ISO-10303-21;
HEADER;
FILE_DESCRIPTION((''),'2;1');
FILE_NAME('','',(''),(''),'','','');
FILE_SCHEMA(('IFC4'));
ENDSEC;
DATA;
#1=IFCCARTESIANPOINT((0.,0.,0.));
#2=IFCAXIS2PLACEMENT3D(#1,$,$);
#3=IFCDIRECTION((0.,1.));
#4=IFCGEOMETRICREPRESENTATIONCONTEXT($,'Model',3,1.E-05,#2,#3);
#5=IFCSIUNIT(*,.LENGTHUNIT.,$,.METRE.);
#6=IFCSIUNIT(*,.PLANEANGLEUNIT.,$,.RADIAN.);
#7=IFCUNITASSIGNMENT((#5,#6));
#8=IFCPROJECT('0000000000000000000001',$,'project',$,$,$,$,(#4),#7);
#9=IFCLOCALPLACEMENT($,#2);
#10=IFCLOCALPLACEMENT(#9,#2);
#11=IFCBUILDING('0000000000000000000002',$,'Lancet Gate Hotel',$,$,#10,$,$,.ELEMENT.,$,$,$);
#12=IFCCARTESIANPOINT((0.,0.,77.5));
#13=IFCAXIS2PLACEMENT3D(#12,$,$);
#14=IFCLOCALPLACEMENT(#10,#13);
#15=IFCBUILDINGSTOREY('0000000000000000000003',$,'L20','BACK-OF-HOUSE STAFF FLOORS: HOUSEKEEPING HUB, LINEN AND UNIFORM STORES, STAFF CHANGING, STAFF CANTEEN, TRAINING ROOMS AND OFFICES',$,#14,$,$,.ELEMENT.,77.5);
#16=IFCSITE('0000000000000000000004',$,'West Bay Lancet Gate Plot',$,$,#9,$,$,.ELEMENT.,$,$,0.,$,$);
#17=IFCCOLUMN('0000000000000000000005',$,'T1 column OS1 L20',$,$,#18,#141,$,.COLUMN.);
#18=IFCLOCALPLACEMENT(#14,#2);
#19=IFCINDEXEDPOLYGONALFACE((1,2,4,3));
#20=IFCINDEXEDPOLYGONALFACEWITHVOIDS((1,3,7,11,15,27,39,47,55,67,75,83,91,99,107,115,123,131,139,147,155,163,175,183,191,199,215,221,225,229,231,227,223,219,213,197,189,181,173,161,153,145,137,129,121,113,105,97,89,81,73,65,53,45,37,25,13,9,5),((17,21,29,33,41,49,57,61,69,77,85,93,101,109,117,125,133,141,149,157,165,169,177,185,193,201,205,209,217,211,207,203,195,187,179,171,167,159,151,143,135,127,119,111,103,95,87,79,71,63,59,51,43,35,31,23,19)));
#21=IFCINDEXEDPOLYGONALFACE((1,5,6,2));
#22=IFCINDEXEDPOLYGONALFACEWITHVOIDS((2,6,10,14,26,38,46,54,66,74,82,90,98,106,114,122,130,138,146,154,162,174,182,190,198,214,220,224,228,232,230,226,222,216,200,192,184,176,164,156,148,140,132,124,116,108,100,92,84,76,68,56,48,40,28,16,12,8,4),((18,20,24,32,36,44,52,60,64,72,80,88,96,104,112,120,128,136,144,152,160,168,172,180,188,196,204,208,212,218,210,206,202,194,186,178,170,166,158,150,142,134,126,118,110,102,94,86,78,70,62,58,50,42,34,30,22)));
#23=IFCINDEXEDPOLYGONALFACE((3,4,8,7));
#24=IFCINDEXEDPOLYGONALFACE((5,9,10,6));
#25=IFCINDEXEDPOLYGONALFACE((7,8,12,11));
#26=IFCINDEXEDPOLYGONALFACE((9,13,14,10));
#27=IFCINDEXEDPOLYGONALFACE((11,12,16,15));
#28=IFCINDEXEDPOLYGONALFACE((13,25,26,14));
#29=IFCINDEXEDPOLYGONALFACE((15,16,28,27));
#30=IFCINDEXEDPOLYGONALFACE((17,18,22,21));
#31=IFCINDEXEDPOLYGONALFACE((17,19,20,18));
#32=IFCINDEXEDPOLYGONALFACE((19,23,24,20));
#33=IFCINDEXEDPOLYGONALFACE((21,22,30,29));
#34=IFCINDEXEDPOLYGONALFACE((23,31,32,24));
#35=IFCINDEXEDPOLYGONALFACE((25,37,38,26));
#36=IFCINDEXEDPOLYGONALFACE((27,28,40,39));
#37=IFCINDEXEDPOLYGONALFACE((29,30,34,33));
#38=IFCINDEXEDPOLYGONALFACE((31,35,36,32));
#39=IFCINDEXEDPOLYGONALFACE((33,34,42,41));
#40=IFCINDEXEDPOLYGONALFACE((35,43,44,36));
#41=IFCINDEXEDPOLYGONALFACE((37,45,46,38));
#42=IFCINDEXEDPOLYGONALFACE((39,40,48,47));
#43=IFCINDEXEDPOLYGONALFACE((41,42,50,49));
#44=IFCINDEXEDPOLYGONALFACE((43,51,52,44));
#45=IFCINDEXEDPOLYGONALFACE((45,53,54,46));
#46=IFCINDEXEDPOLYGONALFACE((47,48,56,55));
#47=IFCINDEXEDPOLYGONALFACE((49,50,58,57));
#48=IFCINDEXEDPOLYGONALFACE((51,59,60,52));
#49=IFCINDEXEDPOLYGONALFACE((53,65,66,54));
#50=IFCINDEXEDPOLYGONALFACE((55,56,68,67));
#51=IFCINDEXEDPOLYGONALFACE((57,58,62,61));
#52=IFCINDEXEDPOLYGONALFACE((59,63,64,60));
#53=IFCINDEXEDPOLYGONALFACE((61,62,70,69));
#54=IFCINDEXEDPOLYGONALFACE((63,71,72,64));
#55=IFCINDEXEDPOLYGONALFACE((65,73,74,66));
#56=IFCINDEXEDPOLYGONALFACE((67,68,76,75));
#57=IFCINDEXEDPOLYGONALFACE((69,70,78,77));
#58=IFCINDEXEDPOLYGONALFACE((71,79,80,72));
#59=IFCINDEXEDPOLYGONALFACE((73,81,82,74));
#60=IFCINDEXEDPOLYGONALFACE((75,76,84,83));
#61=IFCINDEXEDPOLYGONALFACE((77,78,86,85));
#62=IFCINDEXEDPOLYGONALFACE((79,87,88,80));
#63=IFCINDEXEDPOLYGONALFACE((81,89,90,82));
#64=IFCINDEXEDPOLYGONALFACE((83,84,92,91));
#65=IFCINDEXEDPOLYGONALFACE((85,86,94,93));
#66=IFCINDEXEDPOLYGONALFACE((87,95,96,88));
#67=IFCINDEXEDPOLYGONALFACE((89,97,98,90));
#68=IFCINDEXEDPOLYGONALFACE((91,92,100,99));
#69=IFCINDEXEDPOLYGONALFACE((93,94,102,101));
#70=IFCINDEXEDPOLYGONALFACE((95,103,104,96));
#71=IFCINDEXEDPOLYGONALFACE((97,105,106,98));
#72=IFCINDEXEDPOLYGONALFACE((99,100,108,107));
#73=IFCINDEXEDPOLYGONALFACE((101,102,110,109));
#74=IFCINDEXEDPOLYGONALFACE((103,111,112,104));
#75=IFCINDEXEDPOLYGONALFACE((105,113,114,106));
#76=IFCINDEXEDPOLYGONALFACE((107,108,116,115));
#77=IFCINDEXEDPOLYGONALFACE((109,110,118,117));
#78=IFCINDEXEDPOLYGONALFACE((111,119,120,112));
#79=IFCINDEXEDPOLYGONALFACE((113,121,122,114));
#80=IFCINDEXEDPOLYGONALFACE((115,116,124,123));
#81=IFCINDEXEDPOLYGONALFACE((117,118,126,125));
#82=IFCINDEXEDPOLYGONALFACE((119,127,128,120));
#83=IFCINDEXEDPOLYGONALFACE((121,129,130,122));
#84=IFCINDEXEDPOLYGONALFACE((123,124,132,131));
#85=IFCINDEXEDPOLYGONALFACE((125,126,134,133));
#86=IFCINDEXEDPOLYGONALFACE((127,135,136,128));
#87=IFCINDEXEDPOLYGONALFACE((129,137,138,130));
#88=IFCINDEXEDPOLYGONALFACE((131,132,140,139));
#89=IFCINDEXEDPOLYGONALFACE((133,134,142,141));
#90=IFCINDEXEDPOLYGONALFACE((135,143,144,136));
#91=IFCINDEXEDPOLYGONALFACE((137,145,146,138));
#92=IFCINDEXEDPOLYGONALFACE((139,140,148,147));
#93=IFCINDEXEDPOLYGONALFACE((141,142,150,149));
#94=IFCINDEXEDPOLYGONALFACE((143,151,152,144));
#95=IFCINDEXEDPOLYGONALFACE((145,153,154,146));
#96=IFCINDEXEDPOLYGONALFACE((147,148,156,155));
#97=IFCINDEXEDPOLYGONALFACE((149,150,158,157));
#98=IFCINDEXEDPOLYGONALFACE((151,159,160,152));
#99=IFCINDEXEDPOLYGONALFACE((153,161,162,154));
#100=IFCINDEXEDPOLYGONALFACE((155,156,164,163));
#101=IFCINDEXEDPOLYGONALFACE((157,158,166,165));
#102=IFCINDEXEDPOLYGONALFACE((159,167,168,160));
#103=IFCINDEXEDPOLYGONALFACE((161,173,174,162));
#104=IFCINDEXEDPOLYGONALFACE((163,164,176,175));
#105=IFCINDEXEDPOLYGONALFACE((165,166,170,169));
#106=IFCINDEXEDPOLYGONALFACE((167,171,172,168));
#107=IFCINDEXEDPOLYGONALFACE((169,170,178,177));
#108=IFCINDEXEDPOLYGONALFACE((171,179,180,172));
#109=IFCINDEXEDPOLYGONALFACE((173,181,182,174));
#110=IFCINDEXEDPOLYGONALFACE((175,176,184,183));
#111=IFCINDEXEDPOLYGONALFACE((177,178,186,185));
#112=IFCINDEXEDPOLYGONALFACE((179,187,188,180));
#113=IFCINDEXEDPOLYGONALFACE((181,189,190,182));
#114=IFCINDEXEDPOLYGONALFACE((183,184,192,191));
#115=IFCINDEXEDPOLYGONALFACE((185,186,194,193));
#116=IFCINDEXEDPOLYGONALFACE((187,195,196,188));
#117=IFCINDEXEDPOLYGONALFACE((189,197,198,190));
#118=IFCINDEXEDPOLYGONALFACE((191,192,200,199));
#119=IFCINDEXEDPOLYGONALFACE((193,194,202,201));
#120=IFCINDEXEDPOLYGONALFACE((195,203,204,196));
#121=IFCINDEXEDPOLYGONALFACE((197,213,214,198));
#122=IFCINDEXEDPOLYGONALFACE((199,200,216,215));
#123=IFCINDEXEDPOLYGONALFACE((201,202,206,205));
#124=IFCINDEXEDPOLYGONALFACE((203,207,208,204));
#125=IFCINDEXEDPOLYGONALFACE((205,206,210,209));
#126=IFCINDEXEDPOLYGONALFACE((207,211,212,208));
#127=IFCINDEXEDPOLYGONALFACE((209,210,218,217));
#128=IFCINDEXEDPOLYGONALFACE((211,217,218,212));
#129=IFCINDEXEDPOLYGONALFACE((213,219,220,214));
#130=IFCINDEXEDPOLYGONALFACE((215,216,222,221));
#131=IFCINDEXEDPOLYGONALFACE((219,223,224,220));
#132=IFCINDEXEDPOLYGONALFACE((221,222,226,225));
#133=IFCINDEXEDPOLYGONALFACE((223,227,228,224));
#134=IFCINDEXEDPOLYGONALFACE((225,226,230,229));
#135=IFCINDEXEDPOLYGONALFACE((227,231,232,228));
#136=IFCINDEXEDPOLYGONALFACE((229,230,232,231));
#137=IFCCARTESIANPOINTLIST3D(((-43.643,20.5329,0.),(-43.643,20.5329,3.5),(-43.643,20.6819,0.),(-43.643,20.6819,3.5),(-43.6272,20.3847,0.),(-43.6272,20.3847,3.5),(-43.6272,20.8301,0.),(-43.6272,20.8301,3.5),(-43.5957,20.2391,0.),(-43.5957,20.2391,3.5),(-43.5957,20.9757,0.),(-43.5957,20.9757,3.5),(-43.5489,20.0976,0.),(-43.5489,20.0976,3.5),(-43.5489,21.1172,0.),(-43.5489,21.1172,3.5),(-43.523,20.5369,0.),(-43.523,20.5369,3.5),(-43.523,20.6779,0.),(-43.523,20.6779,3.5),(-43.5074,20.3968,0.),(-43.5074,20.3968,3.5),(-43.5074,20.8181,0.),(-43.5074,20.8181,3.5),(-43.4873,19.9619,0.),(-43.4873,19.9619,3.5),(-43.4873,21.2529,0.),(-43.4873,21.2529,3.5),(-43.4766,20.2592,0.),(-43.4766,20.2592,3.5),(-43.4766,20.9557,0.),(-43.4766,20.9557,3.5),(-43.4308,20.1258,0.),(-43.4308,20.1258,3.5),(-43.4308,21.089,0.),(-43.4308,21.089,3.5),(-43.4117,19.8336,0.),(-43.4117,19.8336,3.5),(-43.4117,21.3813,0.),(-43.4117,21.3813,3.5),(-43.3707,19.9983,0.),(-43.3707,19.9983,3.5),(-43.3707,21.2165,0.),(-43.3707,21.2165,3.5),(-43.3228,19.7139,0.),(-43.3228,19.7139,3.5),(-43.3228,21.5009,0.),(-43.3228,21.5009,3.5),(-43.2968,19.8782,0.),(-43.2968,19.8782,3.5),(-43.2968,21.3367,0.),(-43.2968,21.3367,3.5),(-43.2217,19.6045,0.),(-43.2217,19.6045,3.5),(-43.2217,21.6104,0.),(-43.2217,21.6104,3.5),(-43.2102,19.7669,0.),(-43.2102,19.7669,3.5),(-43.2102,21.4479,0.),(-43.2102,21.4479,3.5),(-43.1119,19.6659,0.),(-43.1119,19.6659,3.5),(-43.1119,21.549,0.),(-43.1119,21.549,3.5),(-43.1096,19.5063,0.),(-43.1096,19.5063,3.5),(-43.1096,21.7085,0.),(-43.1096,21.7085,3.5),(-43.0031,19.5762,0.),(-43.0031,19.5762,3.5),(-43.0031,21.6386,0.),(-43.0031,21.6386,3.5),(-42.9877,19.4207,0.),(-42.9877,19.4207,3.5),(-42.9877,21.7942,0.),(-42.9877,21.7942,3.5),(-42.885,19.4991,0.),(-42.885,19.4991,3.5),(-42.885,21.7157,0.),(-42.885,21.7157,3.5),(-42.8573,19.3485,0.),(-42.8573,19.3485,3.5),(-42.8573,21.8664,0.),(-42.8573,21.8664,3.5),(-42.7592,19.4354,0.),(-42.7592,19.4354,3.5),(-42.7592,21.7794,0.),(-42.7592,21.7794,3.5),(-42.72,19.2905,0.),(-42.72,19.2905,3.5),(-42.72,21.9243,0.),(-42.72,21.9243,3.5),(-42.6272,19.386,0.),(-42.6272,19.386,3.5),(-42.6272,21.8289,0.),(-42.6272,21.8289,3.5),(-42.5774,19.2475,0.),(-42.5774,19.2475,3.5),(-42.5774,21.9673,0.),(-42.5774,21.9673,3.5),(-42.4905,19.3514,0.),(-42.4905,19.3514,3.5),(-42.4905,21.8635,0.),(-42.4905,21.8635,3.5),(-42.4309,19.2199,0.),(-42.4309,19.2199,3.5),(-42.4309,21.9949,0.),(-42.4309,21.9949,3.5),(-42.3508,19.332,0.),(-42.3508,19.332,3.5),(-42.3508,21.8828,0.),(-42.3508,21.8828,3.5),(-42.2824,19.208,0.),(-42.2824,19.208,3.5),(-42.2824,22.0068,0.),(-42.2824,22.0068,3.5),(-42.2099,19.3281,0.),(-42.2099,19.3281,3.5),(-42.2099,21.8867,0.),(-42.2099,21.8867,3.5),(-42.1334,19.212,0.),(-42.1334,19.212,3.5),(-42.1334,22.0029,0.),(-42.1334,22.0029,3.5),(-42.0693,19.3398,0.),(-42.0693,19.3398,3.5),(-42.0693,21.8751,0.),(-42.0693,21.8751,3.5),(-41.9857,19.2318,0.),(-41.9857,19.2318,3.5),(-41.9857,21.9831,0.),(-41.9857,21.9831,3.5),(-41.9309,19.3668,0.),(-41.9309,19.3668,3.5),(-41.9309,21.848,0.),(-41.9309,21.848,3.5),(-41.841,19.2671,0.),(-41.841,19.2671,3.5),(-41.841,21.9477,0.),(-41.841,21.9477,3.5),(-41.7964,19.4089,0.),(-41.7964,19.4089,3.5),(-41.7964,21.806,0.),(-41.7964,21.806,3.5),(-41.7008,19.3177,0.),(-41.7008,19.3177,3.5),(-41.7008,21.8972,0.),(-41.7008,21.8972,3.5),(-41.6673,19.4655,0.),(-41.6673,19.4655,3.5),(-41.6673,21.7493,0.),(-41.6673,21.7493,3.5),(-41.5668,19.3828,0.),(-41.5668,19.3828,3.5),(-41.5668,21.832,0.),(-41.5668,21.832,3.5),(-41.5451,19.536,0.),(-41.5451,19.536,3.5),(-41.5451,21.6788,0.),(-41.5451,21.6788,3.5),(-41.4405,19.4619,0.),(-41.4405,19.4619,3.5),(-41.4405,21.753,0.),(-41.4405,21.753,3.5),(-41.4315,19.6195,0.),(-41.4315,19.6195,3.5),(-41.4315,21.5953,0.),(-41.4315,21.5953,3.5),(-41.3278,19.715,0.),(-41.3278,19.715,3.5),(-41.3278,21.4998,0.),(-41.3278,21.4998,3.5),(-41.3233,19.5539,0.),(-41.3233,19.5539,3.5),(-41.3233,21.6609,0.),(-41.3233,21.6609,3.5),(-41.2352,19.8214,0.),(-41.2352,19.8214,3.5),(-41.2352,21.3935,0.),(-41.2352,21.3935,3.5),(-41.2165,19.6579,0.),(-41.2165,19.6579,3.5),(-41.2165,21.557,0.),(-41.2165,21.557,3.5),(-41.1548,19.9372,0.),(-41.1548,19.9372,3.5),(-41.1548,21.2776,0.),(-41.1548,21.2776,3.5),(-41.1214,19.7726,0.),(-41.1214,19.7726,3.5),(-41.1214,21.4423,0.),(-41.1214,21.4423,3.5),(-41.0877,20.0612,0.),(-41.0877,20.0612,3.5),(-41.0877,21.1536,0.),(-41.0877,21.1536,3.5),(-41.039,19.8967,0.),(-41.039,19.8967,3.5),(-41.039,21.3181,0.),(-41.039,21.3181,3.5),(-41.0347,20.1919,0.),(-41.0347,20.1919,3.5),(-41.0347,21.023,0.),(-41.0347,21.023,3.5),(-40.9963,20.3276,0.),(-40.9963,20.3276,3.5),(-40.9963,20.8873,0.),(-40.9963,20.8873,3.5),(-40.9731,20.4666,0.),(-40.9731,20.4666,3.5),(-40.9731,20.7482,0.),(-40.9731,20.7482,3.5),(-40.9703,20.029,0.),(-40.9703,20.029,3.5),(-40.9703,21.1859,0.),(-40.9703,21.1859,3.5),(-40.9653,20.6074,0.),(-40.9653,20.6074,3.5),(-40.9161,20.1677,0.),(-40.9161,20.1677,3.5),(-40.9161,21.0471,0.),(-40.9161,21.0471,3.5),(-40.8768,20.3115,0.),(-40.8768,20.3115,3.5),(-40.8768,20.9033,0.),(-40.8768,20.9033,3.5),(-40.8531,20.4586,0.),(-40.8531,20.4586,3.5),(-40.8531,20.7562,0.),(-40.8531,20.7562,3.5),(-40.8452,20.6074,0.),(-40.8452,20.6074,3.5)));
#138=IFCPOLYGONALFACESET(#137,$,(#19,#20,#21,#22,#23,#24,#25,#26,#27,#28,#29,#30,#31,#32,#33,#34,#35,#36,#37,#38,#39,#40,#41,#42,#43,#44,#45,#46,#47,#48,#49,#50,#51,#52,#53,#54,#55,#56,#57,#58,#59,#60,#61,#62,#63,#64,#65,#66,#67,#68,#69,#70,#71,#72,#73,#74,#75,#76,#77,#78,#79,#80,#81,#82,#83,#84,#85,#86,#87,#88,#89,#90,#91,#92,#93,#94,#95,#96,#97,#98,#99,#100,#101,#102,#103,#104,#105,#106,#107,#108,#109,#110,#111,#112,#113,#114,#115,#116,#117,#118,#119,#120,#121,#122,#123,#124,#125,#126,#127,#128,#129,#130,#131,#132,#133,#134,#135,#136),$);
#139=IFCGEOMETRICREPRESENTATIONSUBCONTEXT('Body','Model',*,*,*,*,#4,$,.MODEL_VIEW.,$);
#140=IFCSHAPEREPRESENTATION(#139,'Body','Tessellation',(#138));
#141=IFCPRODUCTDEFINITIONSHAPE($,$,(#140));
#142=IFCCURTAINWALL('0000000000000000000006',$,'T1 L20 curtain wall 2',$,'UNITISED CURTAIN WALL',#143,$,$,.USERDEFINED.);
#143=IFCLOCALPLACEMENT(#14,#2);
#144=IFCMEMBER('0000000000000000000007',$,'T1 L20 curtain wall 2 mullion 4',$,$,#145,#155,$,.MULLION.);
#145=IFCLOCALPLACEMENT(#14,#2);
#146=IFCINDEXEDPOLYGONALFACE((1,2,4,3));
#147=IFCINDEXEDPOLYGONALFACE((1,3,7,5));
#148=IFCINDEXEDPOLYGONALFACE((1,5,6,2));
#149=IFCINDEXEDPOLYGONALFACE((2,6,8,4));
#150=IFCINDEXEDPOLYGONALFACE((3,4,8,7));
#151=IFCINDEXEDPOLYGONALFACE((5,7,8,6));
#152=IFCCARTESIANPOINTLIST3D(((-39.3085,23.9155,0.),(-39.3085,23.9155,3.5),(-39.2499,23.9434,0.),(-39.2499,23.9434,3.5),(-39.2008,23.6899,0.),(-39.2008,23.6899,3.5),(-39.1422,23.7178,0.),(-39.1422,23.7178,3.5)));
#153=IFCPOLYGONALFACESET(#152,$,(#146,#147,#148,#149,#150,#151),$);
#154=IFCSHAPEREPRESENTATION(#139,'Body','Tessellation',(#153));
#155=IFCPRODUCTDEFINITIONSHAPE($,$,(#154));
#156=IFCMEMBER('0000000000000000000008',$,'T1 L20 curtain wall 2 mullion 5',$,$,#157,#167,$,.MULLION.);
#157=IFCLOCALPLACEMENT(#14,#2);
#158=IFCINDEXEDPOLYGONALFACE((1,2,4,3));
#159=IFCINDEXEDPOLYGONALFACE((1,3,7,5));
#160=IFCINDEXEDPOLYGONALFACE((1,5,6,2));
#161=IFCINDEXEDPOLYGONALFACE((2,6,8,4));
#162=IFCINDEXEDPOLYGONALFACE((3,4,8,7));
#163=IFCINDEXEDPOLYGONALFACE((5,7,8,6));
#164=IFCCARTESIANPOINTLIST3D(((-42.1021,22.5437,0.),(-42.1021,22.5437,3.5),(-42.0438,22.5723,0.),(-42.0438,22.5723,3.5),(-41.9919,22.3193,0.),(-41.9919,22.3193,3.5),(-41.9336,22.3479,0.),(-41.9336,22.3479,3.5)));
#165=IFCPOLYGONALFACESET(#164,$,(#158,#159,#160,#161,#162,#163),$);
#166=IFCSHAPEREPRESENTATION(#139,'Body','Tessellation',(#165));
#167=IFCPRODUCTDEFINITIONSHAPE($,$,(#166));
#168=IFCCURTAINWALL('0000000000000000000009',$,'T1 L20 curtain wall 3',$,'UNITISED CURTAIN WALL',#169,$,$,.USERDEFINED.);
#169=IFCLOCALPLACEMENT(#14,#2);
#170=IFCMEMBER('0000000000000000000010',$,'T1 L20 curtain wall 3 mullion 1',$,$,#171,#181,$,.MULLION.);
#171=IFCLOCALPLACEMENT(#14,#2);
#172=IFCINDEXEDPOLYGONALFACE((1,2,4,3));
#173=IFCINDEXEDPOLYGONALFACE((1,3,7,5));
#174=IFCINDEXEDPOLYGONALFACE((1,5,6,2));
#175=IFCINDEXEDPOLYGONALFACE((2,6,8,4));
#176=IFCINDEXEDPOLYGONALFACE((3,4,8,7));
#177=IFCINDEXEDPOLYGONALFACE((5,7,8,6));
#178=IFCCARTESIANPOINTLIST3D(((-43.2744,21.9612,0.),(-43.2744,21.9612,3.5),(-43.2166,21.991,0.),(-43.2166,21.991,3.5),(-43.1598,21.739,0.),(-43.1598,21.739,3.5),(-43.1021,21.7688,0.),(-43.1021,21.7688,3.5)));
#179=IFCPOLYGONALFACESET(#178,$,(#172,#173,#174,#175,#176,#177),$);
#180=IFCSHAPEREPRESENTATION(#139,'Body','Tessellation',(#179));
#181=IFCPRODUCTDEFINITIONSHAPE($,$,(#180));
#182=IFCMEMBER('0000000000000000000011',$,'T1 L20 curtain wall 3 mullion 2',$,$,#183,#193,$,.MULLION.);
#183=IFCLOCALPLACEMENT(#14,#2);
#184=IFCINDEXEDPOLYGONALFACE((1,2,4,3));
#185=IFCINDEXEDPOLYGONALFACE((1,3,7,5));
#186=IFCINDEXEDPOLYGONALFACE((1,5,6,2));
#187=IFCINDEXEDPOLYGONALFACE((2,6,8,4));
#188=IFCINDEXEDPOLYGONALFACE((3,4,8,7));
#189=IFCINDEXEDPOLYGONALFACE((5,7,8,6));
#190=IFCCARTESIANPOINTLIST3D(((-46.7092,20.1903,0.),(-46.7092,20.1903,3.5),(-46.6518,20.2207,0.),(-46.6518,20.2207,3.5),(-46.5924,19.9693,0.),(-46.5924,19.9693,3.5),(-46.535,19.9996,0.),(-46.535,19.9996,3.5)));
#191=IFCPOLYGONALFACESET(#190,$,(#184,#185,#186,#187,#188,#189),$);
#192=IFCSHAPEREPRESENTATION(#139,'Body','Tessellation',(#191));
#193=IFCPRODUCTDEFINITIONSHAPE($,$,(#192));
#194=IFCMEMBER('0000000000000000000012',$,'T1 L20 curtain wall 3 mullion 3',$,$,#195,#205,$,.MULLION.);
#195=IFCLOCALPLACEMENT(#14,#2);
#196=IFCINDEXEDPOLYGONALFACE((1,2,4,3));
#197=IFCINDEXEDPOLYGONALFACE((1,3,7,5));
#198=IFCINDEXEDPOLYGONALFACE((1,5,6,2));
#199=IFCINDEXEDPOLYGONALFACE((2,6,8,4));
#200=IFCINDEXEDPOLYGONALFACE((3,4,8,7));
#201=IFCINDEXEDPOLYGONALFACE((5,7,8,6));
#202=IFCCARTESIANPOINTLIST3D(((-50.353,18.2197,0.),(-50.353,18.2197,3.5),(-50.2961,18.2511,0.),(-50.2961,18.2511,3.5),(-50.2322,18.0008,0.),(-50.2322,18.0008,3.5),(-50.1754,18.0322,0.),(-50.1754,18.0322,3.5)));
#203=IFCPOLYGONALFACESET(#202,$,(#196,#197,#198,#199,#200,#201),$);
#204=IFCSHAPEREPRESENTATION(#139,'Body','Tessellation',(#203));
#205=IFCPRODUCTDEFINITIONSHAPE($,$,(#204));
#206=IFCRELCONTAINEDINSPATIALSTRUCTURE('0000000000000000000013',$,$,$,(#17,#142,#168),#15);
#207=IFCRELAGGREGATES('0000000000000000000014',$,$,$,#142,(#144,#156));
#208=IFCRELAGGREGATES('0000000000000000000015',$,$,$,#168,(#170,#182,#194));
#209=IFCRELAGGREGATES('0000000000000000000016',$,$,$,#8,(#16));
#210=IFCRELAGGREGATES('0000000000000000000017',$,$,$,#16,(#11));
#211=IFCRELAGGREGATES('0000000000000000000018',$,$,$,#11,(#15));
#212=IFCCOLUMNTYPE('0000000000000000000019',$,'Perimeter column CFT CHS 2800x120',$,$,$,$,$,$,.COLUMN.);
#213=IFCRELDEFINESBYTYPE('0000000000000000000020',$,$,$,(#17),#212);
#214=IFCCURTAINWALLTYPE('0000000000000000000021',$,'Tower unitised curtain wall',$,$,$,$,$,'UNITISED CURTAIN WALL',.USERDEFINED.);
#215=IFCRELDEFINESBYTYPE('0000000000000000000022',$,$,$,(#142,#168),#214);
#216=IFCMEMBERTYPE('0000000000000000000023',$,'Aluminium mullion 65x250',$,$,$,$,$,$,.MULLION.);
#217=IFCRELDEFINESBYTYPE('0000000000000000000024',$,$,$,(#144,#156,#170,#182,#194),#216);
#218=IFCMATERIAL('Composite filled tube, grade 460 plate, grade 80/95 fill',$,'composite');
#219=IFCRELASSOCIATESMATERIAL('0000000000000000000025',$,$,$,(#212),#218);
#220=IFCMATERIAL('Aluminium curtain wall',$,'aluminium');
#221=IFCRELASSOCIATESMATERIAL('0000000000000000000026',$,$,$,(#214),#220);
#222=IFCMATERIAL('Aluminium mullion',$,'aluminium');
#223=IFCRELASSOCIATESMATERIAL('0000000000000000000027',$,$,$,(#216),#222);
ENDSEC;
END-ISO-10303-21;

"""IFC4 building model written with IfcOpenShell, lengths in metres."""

from ifc_helpers import new_model, si_unit, direction, frame, origin, origin_2d, place, context, subcontext, project, spatial, rectangle, hollow_circle, extrude, material, material_profile, profile_set, type_object, element, aggregate, save


model = new_model("IFC4")

# Units and contexts
model_context = context("Model", 3, precision=1e-05, world=origin(), true_north=direction((0.0, 1.0)))
body_context = subcontext(model_context, "Body", "Model", "MODEL_VIEW")
ifc_project = project(units=[si_unit("LENGTHUNIT", "METRE"), si_unit("PLANEANGLEUNIT", "RADIAN")], contexts=[model_context])

# Site, building, storey
site_placement = place(None, origin())
site = spatial("IfcSite", under=ifc_project, at=site_placement, Name="West Bay Lancet Gate Plot", CompositionType="ELEMENT", RefElevation=0.0)
building_placement = place(site_placement, origin())
building = spatial("IfcBuilding", under=site, at=building_placement, Name="Lancet Gate Hotel", CompositionType="ELEMENT")
storey_placement = place(building_placement, frame((0.0, 0.0, 77.5)))
storey = spatial("IfcBuildingStorey", under=building, at=storey_placement, Name="L20", Description="BACK-OF-HOUSE STAFF FLOORS: HOUSEKEEPING HUB, LINEN AND UNIFORM STORES, STAFF CHANGING, STAFF CANTEEN, TRAINING ROOMS AND OFFICES", CompositionType="ELEMENT", Elevation=77.5)

# Column
ifc_material_1 = material(Name="Composite filled tube, grade 460 plate, grade 80/95 fill", Category="composite")
ifc_material_profile_1 = material_profile(ifc_material_1, hollow_circle(Radius=1.3999, WallThickness=0.1201, at=origin_2d()), Name="CHS 2800x120")
ifc_profile_set_1 = profile_set([ifc_material_profile_1], Name="Composite filled tube, grade 460 plate, grade 80/95 fill")
column_type = type_object("IfcColumnType", Name="Perimeter column CFT CHS 2800x120", PredefinedType="COLUMN", material=ifc_profile_set_1)
column_placement = place(storey_placement, frame((-42.2451, 20.6074, 0.0), z_axis=(0.0, 0.0, 1.0), x_axis=(1.0, 0.0, 0.0)))
element("IfcColumn", 1, at=column_placement, inside=storey, type_object=column_type, Name="T1 column OS1 L20", PredefinedType="COLUMN", context=body_context, shape_type="SweptSolid", body=[
    extrude(hollow_circle(Radius=1.3999, WallThickness=0.1201, at=origin_2d()), origin(), (0.0, 0.0, 1.0), 3.5),
])

# Curtain walls, members
ifc_material_2 = material(Name="Aluminium curtain wall", Category="aluminium")
curtain_wall_type = type_object("IfcCurtainWallType", Name="Tower unitised curtain wall", ElementType="UNITISED CURTAIN WALL", PredefinedType="USERDEFINED", material=ifc_material_2)
curtain_wall_1_placement = place(storey_placement, origin())
curtain_wall_1 = element("IfcCurtainWall", 2, at=curtain_wall_1_placement, inside=storey, type_object=curtain_wall_type, Name="T1 L20 curtain wall 2", ObjectType="UNITISED CURTAIN WALL", PredefinedType="USERDEFINED")
ifc_material_3 = material(Name="Aluminium mullion", Category="aluminium")
ifc_material_profile_2 = material_profile(ifc_material_3, rectangle(XDim=0.0649, YDim=0.25, at=origin_2d()), Name="MULLION 65x250")
ifc_profile_set_2 = profile_set([ifc_material_profile_2], Name="Aluminium mullion")
member_type_1 = type_object("IfcMemberType", Name="Aluminium mullion 65x250", PredefinedType="MULLION", material=ifc_profile_set_2)
member_1_placement = place(storey_placement, frame((-39.2253, 23.8167, 0.0), z_axis=(0.0, 0.0, 1.0), x_axis=(-0.902529, -0.430629, 0.0)))
member_1 = element("IfcMember", 3, at=member_1_placement, type_object=member_type_1, Name="T1 L20 curtain wall 2 mullion 4", PredefinedType="MULLION", context=body_context, shape_type="SweptSolid", body=[
    extrude(rectangle(XDim=0.0649, YDim=0.25, at=origin_2d()), origin(), (0.0, 0.0, 1.0), 3.5),
])
member_2_placement = place(storey_placement, frame((-42.0178, 22.4458, 0.0), z_axis=(0.0, 0.0, 1.0), x_axis=(-0.897653, -0.440702, 0.0)))
member_2 = element("IfcMember", 4, at=member_2_placement, type_object=member_type_1, Name="T1 L20 curtain wall 2 mullion 5", PredefinedType="MULLION", context=body_context, shape_type="SweptSolid", body=[
    extrude(rectangle(XDim=0.0649, YDim=0.25, at=origin_2d()), origin(), (0.0, 0.0, 1.0), 3.5),
])
curtain_wall_2_placement = place(storey_placement, origin())
curtain_wall_2 = element("IfcCurtainWall", 5, at=curtain_wall_2_placement, inside=storey, type_object=curtain_wall_type, Name="T1 L20 curtain wall 3", ObjectType="UNITISED CURTAIN WALL", PredefinedType="USERDEFINED")
member_3_placement = place(storey_placement, frame((-43.1882, 21.865, 0.0), z_axis=(0.0, 0.0, 1.0), x_axis=(-0.888844, -0.45821, 0.0)))
member_3 = element("IfcMember", 6, at=member_3_placement, type_object=member_type_1, Name="T1 L20 curtain wall 3 mullion 1", PredefinedType="MULLION", context=body_context, shape_type="SweptSolid", body=[
    extrude(rectangle(XDim=0.0649, YDim=0.25, at=origin_2d()), origin(), (0.0, 0.0, 1.0), 3.5),
])
member_4_placement = place(storey_placement, frame((-46.6221, 20.095, 0.0), z_axis=(0.0, 0.0, 1.0), x_axis=(-0.884153, -0.467198, 0.0)))
member_4 = element("IfcMember", 7, at=member_4_placement, type_object=member_type_1, Name="T1 L20 curtain wall 3 mullion 2", PredefinedType="MULLION", context=body_context, shape_type="SweptSolid", body=[
    extrude(rectangle(XDim=0.0649, YDim=0.25, at=origin_2d()), origin(), (0.0, 0.0, 1.0), 3.5),
])
member_5_placement = place(storey_placement, frame((-50.2642, 18.126, 0.0), z_axis=(0.0, 0.0, 1.0), x_axis=(-0.875625, -0.482991, 0.0)))
member_5 = element("IfcMember", 8, at=member_5_placement, type_object=member_type_1, Name="T1 L20 curtain wall 3 mullion 3", PredefinedType="MULLION", context=body_context, shape_type="SweptSolid", body=[
    extrude(rectangle(XDim=0.0649, YDim=0.25, at=origin_2d()), origin(), (0.0, 0.0, 1.0), 3.5),
])

aggregate(curtain_wall_1, [member_1, member_2])
aggregate(curtain_wall_2, [member_3, member_4, member_5])

save(model, "model.ifc")
